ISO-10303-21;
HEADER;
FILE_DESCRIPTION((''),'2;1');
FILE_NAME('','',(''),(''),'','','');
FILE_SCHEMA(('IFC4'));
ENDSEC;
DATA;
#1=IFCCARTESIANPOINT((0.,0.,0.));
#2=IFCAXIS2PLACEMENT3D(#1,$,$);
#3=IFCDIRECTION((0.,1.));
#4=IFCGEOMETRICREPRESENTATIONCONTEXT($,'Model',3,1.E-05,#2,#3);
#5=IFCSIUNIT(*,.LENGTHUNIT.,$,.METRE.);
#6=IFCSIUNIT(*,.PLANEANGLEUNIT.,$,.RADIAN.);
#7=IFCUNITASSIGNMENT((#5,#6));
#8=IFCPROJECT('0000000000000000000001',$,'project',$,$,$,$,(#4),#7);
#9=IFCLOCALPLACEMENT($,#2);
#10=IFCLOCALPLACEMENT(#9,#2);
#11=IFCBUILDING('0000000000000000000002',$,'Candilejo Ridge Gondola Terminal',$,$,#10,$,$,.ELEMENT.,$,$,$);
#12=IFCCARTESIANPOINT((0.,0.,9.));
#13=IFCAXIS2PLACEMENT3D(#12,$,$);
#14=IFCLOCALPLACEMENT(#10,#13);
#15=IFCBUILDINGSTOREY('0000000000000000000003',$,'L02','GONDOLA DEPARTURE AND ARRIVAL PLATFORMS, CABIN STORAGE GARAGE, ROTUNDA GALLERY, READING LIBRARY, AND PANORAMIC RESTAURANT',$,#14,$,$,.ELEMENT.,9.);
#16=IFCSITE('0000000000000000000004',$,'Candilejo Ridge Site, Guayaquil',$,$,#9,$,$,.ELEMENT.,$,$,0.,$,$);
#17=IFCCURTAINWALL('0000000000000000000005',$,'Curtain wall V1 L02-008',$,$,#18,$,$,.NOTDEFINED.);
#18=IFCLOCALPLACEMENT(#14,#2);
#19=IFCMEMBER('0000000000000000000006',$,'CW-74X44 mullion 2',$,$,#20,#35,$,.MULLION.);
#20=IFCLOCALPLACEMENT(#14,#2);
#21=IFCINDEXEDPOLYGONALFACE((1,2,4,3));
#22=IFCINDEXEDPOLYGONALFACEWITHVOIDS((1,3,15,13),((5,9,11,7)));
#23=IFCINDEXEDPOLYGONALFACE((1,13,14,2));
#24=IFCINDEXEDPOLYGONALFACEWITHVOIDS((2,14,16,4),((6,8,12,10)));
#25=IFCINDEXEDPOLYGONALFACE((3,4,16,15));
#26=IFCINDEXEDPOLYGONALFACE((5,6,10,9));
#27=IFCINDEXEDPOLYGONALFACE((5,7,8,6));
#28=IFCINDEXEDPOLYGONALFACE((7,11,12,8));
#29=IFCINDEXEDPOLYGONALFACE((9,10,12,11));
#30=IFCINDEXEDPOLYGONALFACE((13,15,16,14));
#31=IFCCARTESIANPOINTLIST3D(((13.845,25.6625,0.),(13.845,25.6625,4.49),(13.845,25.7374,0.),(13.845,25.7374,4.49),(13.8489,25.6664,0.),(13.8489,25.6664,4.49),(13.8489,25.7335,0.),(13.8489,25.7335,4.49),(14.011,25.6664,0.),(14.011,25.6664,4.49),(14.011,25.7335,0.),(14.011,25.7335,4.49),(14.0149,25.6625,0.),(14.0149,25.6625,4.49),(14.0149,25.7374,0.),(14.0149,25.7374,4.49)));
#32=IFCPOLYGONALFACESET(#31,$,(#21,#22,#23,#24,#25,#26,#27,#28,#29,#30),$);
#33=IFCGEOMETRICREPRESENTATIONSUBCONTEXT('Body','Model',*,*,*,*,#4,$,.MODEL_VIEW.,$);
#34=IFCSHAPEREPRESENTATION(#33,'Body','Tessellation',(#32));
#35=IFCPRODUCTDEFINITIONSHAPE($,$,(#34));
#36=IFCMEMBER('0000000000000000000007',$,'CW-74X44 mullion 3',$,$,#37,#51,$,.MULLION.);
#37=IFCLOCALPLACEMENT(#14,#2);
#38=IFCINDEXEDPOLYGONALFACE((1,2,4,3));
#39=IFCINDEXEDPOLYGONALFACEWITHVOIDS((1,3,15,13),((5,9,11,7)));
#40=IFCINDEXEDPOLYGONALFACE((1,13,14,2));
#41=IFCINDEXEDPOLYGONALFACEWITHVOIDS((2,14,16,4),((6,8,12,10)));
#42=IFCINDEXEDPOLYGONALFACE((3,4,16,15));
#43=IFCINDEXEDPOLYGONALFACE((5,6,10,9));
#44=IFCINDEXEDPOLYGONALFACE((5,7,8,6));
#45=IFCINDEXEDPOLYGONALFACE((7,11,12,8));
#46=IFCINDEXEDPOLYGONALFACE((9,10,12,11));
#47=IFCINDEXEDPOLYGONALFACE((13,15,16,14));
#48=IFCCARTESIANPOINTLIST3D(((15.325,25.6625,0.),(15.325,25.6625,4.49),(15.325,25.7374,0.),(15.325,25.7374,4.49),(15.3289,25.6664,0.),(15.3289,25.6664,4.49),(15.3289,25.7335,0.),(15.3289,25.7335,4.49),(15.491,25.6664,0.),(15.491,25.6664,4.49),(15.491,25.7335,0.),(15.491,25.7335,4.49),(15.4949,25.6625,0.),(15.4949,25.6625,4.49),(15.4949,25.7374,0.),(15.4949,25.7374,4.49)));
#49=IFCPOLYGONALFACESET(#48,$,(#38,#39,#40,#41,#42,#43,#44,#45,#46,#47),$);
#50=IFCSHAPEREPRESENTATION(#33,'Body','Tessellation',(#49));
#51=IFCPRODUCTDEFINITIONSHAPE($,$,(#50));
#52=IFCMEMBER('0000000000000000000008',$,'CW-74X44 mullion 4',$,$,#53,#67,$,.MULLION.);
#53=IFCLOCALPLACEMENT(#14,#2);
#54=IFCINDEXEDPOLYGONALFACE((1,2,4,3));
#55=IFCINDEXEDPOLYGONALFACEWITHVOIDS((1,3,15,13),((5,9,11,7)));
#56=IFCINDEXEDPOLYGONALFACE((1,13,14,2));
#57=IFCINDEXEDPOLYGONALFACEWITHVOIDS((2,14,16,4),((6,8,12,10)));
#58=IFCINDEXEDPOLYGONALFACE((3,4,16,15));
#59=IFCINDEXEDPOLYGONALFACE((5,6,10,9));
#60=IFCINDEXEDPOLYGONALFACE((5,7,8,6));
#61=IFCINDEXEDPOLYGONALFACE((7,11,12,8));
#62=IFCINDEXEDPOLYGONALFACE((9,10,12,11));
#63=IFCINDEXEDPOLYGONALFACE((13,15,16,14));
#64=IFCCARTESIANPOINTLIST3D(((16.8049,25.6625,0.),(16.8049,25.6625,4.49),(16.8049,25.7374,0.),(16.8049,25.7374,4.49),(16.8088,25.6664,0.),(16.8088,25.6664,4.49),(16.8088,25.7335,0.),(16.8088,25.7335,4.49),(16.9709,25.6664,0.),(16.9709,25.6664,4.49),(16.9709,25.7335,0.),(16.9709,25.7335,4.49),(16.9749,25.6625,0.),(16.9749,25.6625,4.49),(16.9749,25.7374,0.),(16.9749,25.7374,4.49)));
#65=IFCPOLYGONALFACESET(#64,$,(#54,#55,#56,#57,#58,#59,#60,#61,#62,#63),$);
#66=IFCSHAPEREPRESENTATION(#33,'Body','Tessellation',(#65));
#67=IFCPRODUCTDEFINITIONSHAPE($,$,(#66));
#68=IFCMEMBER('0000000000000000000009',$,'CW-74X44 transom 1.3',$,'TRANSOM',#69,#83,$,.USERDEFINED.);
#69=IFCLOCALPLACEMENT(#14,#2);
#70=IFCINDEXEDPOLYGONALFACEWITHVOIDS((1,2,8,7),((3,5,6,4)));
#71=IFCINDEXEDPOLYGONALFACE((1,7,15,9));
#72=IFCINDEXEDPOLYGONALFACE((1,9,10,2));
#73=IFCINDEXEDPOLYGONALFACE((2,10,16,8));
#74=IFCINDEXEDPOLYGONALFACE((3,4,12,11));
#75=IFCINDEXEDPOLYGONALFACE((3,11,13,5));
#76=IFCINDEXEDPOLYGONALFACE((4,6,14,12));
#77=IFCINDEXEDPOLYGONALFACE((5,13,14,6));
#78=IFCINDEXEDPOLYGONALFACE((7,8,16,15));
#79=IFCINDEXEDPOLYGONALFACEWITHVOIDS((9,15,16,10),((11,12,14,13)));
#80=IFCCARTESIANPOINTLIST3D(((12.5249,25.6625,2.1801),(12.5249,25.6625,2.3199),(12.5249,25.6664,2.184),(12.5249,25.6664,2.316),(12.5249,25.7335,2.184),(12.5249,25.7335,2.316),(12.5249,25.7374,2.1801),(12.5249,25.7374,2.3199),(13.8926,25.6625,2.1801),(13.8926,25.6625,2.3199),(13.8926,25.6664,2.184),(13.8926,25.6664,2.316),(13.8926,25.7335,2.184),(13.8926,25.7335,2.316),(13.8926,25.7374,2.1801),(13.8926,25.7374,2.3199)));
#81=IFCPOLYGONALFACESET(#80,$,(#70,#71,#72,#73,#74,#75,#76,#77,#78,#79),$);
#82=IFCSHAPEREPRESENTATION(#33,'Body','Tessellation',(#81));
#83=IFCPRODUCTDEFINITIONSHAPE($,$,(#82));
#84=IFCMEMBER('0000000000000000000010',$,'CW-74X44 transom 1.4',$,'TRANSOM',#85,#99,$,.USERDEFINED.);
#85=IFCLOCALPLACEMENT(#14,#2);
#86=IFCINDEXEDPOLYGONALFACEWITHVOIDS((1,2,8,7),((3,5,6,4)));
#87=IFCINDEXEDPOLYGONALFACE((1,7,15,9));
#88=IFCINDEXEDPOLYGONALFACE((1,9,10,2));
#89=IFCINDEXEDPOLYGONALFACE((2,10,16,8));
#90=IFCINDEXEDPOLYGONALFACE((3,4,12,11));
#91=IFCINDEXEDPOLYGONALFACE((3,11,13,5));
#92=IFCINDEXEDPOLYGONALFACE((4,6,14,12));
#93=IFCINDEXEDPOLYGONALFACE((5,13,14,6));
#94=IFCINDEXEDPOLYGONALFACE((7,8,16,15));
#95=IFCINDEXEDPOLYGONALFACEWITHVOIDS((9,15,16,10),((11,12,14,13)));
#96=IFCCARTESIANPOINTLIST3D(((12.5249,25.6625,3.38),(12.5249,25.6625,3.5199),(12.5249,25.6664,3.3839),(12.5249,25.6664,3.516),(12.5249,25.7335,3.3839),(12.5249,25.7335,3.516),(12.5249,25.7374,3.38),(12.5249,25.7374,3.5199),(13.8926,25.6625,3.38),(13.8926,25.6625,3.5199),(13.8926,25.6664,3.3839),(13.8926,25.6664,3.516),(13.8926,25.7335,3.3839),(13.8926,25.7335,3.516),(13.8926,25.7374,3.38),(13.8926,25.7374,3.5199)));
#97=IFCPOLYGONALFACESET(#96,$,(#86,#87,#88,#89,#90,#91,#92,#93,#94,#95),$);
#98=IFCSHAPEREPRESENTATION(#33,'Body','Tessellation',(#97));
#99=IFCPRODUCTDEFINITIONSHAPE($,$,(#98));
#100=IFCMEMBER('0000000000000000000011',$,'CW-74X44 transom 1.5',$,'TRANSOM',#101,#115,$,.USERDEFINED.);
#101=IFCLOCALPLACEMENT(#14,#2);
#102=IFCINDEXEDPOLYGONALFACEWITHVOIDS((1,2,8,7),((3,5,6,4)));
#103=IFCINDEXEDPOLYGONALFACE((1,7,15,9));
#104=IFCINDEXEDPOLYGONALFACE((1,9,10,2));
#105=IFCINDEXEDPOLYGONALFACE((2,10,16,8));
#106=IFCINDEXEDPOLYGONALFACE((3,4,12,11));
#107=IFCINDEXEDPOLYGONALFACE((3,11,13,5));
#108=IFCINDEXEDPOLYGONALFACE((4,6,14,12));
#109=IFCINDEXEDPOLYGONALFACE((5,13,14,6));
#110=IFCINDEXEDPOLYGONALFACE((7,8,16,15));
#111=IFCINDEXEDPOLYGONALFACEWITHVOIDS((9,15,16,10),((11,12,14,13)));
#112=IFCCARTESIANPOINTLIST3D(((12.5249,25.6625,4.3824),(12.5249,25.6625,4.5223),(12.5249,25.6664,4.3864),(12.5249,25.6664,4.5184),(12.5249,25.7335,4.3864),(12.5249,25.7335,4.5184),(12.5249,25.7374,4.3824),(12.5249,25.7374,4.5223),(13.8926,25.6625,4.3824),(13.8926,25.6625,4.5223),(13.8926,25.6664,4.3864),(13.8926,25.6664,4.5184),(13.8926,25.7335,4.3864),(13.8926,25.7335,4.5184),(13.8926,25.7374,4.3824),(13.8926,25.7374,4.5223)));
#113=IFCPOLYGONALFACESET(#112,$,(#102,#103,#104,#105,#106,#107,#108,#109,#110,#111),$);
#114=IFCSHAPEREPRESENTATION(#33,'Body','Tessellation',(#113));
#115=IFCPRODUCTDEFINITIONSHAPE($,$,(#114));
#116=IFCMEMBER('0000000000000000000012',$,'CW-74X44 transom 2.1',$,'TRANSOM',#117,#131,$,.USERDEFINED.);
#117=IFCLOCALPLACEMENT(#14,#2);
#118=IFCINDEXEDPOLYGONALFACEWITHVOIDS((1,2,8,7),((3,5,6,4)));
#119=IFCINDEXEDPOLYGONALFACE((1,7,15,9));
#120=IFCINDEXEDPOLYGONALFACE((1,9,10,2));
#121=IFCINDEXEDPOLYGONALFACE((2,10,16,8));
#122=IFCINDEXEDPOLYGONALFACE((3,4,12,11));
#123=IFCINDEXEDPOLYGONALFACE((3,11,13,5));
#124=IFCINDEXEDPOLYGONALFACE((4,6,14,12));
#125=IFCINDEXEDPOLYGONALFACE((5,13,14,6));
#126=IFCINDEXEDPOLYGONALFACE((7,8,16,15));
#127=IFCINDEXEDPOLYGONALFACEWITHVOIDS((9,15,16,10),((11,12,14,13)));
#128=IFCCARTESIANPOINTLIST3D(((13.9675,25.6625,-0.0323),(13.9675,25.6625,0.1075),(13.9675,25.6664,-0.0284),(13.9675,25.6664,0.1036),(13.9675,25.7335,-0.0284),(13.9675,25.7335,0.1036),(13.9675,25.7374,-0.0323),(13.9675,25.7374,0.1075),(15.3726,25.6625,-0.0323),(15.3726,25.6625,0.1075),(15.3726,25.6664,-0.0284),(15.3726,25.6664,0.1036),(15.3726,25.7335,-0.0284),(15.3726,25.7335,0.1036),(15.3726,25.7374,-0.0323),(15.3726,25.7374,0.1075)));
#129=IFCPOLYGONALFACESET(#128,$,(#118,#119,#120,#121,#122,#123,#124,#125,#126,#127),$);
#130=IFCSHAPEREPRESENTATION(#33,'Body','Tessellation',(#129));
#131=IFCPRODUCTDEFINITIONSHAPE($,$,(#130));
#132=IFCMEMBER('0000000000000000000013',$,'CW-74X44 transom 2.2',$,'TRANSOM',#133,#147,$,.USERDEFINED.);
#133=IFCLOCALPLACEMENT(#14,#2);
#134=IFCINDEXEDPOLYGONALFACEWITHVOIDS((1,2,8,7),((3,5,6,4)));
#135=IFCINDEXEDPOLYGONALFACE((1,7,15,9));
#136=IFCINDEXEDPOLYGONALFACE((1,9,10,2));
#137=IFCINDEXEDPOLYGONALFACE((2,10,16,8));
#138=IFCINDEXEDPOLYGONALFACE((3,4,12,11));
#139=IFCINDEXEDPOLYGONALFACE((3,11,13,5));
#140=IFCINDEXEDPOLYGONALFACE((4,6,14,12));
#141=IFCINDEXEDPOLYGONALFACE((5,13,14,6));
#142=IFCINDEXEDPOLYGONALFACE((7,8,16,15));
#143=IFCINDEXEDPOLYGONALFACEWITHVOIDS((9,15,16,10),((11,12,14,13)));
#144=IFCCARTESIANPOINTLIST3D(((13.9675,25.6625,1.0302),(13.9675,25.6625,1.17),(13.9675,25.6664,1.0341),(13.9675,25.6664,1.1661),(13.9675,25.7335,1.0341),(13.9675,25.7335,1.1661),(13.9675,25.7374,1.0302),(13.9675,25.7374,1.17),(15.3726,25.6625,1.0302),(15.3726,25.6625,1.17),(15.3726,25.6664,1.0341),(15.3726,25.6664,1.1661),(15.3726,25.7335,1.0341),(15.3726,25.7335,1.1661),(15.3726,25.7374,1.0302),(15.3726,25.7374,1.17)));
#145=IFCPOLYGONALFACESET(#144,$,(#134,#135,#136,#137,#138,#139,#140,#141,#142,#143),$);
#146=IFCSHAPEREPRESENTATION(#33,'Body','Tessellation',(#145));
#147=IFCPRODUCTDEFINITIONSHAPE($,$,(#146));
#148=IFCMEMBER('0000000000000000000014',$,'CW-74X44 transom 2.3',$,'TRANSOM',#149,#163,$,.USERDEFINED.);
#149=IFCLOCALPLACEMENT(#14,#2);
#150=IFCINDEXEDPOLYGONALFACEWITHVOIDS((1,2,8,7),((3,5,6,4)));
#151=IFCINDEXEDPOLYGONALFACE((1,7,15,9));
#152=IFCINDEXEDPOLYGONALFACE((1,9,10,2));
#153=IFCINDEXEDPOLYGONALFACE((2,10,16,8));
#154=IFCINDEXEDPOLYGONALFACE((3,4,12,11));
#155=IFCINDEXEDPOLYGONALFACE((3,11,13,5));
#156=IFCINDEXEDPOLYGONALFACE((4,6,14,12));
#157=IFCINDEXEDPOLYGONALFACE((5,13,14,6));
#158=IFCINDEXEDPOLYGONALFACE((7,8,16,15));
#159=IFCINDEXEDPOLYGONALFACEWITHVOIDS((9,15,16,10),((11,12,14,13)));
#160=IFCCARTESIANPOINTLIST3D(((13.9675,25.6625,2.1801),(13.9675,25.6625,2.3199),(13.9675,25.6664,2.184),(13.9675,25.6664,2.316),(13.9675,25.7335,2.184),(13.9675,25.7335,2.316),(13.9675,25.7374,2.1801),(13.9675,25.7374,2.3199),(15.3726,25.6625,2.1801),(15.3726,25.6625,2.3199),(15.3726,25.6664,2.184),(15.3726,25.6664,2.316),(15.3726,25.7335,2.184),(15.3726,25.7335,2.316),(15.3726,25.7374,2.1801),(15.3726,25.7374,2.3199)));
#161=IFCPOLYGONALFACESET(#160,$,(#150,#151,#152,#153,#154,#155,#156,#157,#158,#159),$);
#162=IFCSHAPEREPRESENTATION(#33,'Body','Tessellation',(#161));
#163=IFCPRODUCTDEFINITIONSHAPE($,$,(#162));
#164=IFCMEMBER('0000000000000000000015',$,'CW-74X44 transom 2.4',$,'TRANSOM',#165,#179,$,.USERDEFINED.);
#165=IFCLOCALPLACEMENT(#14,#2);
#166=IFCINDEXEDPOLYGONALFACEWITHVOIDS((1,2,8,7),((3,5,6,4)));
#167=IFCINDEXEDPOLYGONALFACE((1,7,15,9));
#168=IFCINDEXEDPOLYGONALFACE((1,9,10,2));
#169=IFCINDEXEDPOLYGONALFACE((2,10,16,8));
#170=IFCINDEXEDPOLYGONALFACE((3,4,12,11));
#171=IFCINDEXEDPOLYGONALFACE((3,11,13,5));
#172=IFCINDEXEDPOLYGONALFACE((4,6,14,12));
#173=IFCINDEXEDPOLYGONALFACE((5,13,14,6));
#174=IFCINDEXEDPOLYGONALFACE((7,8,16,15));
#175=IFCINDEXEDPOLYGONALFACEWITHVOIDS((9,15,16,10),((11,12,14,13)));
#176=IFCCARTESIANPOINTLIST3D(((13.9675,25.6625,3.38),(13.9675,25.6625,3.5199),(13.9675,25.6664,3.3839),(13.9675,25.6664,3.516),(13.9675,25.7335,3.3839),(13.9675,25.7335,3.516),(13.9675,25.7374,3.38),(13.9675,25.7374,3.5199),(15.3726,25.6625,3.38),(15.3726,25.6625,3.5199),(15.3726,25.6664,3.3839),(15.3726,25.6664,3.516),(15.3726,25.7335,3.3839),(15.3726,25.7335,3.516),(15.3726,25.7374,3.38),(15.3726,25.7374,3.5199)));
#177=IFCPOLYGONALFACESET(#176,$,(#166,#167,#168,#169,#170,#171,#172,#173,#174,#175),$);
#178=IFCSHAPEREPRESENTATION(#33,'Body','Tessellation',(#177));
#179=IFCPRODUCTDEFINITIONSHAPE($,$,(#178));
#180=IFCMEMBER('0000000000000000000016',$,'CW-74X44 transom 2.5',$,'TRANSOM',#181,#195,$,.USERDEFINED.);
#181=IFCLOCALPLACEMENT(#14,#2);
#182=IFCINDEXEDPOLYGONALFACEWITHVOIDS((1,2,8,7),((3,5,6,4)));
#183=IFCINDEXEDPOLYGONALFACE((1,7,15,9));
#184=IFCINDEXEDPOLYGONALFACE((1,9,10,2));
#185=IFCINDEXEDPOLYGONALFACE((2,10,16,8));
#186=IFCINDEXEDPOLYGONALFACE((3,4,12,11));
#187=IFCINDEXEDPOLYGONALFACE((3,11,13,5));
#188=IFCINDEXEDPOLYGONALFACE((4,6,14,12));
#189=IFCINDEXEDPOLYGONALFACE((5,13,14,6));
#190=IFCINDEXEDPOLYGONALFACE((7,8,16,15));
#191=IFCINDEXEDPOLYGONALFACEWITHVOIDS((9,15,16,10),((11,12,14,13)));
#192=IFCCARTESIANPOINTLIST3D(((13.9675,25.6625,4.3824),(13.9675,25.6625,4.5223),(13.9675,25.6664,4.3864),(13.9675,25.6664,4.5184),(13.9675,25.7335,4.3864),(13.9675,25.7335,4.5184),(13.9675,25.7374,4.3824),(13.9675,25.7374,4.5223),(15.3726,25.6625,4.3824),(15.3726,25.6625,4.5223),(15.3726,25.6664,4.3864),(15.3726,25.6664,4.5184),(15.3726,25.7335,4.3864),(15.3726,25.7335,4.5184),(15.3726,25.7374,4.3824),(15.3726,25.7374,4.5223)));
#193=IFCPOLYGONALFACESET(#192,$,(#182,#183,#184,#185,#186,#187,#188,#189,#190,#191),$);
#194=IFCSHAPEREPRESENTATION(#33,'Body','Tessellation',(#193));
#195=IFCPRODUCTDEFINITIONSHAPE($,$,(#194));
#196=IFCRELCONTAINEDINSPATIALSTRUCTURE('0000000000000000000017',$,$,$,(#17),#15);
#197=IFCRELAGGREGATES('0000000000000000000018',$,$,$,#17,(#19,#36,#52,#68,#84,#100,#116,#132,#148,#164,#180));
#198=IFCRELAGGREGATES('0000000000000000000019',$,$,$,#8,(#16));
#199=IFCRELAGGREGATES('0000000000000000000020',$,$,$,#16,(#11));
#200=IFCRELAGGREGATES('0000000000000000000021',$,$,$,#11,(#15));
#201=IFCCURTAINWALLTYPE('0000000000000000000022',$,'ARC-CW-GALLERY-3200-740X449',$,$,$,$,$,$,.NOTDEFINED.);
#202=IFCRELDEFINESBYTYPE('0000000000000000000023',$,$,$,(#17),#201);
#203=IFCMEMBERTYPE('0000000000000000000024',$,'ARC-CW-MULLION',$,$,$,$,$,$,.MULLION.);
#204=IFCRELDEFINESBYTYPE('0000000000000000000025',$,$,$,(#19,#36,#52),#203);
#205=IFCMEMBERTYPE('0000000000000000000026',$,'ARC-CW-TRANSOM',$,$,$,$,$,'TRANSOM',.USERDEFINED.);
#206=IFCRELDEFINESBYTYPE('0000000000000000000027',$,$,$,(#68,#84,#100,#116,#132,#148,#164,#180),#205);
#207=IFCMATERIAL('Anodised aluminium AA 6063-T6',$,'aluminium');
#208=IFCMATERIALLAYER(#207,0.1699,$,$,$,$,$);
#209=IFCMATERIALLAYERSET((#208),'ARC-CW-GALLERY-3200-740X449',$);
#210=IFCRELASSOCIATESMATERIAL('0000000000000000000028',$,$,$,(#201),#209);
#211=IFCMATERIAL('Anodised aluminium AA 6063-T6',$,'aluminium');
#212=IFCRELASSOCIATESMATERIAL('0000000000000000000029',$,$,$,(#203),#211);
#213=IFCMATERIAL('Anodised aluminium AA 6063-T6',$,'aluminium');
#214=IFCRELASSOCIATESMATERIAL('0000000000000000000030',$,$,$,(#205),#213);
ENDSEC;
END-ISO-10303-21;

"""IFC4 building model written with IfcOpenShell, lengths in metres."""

from ifc_helpers import new_model, si_unit, direction, frame, origin, origin_2d, place, context, subcontext, project, spatial, hollow_rectangle, extrude, material, layer, layer_set, material_profile, profile_set, type_object, element, aggregate, save


model = new_model("IFC4")

# Units and contexts
model_context = context("Model", 3, precision=1e-05, world=origin(), true_north=direction((0.0, 1.0)))
body_context = subcontext(model_context, "Body", "Model", "MODEL_VIEW")
ifc_project = project(units=[si_unit("LENGTHUNIT", "METRE"), si_unit("PLANEANGLEUNIT", "RADIAN")], contexts=[model_context])

# Site, building, storey
site_placement = place(None, origin())
site = spatial("IfcSite", under=ifc_project, at=site_placement, Name="Candilejo Ridge Site, Guayaquil", CompositionType="ELEMENT", RefElevation=0.0)
building_placement = place(site_placement, origin())
building = spatial("IfcBuilding", under=site, at=building_placement, Name="Candilejo Ridge Gondola Terminal", CompositionType="ELEMENT")
storey_placement = place(building_placement, frame((0.0, 0.0, 9.0)))
storey = spatial("IfcBuildingStorey", under=building, at=storey_placement, Name="L02", Description="GONDOLA DEPARTURE AND ARRIVAL PLATFORMS, CABIN STORAGE GARAGE, ROTUNDA GALLERY, READING LIBRARY, AND PANORAMIC RESTAURANT", CompositionType="ELEMENT", Elevation=9.0)

# Curtain wall, members
ifc_material_1 = material(Name="Anodised aluminium AA 6063-T6", Category="aluminium")
ifc_layer_1 = layer(ifc_material_1, 0.1699)
ifc_layer_set_1 = layer_set([ifc_layer_1], Name="ARC-CW-GALLERY-3200-740X449")
curtain_wall_type = type_object("IfcCurtainWallType", Name="ARC-CW-GALLERY-3200-740X449", PredefinedType="NOTDEFINED", material=ifc_layer_set_1)
curtain_wall_placement = place(storey_placement, origin())
curtain_wall = element("IfcCurtainWall", 1, at=curtain_wall_placement, inside=storey, type_object=curtain_wall_type, Name="Curtain wall V1 L02-008", PredefinedType="NOTDEFINED")
ifc_material_2 = material(Name="Anodised aluminium AA 6063-T6", Category="aluminium")
ifc_material_profile_1 = material_profile(ifc_material_2, hollow_rectangle(XDim=0.075, YDim=0.1699, WallThickness=0.0039, at=origin_2d()))
ifc_profile_set_1 = profile_set([ifc_material_profile_1], Name="Anodised aluminium AA 6063-T6")
member_type_1 = type_object("IfcMemberType", Name="ARC-CW-MULLION", PredefinedType="MULLION", material=ifc_profile_set_1)
member_1_placement = place(storey_placement, frame((13.9299, 25.7, 0.0), z_axis=(0.0, 0.0, 1.0), x_axis=(0.0, 1.0, 0.0)))
member_1 = element("IfcMember", 2, at=member_1_placement, type_object=member_type_1, Name="CW-74X44 mullion 2", PredefinedType="MULLION", context=body_context, shape_type="SweptSolid", body=[
    extrude(hollow_rectangle(XDim=0.075, YDim=0.1699, WallThickness=0.0039, at=origin_2d()), origin(), (0.0, 0.0, 1.0), 4.49),
])
member_2_placement = place(storey_placement, frame((15.4099, 25.7, 0.0), z_axis=(0.0, 0.0, 1.0), x_axis=(0.0, 1.0, 0.0)))
member_2 = element("IfcMember", 3, at=member_2_placement, type_object=member_type_1, Name="CW-74X44 mullion 3", PredefinedType="MULLION", context=body_context, shape_type="SweptSolid", body=[
    extrude(hollow_rectangle(XDim=0.075, YDim=0.1699, WallThickness=0.0039, at=origin_2d()), origin(), (0.0, 0.0, 1.0), 4.49),
])
member_3_placement = place(storey_placement, frame((16.8899, 25.7, 0.0), z_axis=(0.0, 0.0, 1.0), x_axis=(0.0, 1.0, 0.0)))
member_3 = element("IfcMember", 4, at=member_3_placement, type_object=member_type_1, Name="CW-74X44 mullion 4", PredefinedType="MULLION", context=body_context, shape_type="SweptSolid", body=[
    extrude(hollow_rectangle(XDim=0.075, YDim=0.1699, WallThickness=0.0039, at=origin_2d()), origin(), (0.0, 0.0, 1.0), 4.49),
])
ifc_material_3 = material(Name="Anodised aluminium AA 6063-T6", Category="aluminium")
ifc_material_profile_2 = material_profile(ifc_material_3, hollow_rectangle(XDim=0.075, YDim=0.1399, WallThickness=0.0039, at=origin_2d()))
ifc_profile_set_2 = profile_set([ifc_material_profile_2], Name="Anodised aluminium AA 6063-T6")
member_type_2 = type_object("IfcMemberType", Name="ARC-CW-TRANSOM", ElementType="TRANSOM", PredefinedType="USERDEFINED", material=ifc_profile_set_2)
member_4_placement = place(storey_placement, frame((12.5249, 25.7, 2.25), z_axis=(1.0, 0.0, 0.0), x_axis=(0.0, 1.0, 0.0)))
member_4 = element("IfcMember", 5, at=member_4_placement, type_object=member_type_2, Name="CW-74X44 transom 1.3", ObjectType="TRANSOM", PredefinedType="USERDEFINED", context=body_context, shape_type="SweptSolid", body=[
    extrude(hollow_rectangle(XDim=0.075, YDim=0.1399, WallThickness=0.0039, at=origin_2d()), origin(), (0.0, 0.0, 1.0), 1.3677),
])
member_5_placement = place(storey_placement, frame((12.5249, 25.7, 3.45), z_axis=(1.0, 0.0, 0.0), x_axis=(0.0, 1.0, 0.0)))
member_5 = element("IfcMember", 6, at=member_5_placement, type_object=member_type_2, Name="CW-74X44 transom 1.4", ObjectType="TRANSOM", PredefinedType="USERDEFINED", context=body_context, shape_type="SweptSolid", body=[
    extrude(hollow_rectangle(XDim=0.075, YDim=0.1399, WallThickness=0.0039, at=origin_2d()), origin(), (0.0, 0.0, 1.0), 1.3677),
])
member_6_placement = place(storey_placement, frame((12.5249, 25.7, 4.4524), z_axis=(1.0, 0.0, 0.0), x_axis=(0.0, 1.0, 0.0)))
member_6 = element("IfcMember", 7, at=member_6_placement, type_object=member_type_2, Name="CW-74X44 transom 1.5", ObjectType="TRANSOM", PredefinedType="USERDEFINED", context=body_context, shape_type="SweptSolid", body=[
    extrude(hollow_rectangle(XDim=0.075, YDim=0.1399, WallThickness=0.0039, at=origin_2d()), origin(), (0.0, 0.0, 1.0), 1.3677),
])
member_7_placement = place(storey_placement, frame((13.9675, 25.7, 0.0376), z_axis=(1.0, 0.0, 0.0), x_axis=(0.0, 1.0, 0.0)))
member_7 = element("IfcMember", 8, at=member_7_placement, type_object=member_type_2, Name="CW-74X44 transom 2.1", ObjectType="TRANSOM", PredefinedType="USERDEFINED", context=body_context, shape_type="SweptSolid", body=[
    extrude(hollow_rectangle(XDim=0.075, YDim=0.1399, WallThickness=0.0039, at=origin_2d()), origin(), (0.0, 0.0, 1.0), 1.405),
])
member_8_placement = place(storey_placement, frame((13.9675, 25.7, 1.1001), z_axis=(1.0, 0.0, 0.0), x_axis=(0.0, 1.0, 0.0)))
member_8 = element("IfcMember", 9, at=member_8_placement, type_object=member_type_2, Name="CW-74X44 transom 2.2", ObjectType="TRANSOM", PredefinedType="USERDEFINED", context=body_context, shape_type="SweptSolid", body=[
    extrude(hollow_rectangle(XDim=0.075, YDim=0.1399, WallThickness=0.0039, at=origin_2d()), origin(), (0.0, 0.0, 1.0), 1.405),
])
member_9_placement = place(storey_placement, frame((13.9675, 25.7, 2.25), z_axis=(1.0, 0.0, 0.0), x_axis=(0.0, 1.0, 0.0)))
member_9 = element("IfcMember", 10, at=member_9_placement, type_object=member_type_2, Name="CW-74X44 transom 2.3", ObjectType="TRANSOM", PredefinedType="USERDEFINED", context=body_context, shape_type="SweptSolid", body=[
    extrude(hollow_rectangle(XDim=0.075, YDim=0.1399, WallThickness=0.0039, at=origin_2d()), origin(), (0.0, 0.0, 1.0), 1.405),
])
member_10_placement = place(storey_placement, frame((13.9675, 25.7, 3.45), z_axis=(1.0, 0.0, 0.0), x_axis=(0.0, 1.0, 0.0)))
member_10 = element("IfcMember", 11, at=member_10_placement, type_object=member_type_2, Name="CW-74X44 transom 2.4", ObjectType="TRANSOM", PredefinedType="USERDEFINED", context=body_context, shape_type="SweptSolid", body=[
    extrude(hollow_rectangle(XDim=0.075, YDim=0.1399, WallThickness=0.0039, at=origin_2d()), origin(), (0.0, 0.0, 1.0), 1.405),
])
member_11_placement = place(storey_placement, frame((13.9675, 25.7, 4.4524), z_axis=(1.0, 0.0, 0.0), x_axis=(0.0, 1.0, 0.0)))
member_11 = element("IfcMember", 12, at=member_11_placement, type_object=member_type_2, Name="CW-74X44 transom 2.5", ObjectType="TRANSOM", PredefinedType="USERDEFINED", context=body_context, shape_type="SweptSolid", body=[
    extrude(hollow_rectangle(XDim=0.075, YDim=0.1399, WallThickness=0.0039, at=origin_2d()), origin(), (0.0, 0.0, 1.0), 1.405),
])
aggregate(curtain_wall, [member_1, member_2, member_3, member_4, member_5, member_6, member_7, member_8, member_9, member_10, member_11])

save(model, "model.ifc")
